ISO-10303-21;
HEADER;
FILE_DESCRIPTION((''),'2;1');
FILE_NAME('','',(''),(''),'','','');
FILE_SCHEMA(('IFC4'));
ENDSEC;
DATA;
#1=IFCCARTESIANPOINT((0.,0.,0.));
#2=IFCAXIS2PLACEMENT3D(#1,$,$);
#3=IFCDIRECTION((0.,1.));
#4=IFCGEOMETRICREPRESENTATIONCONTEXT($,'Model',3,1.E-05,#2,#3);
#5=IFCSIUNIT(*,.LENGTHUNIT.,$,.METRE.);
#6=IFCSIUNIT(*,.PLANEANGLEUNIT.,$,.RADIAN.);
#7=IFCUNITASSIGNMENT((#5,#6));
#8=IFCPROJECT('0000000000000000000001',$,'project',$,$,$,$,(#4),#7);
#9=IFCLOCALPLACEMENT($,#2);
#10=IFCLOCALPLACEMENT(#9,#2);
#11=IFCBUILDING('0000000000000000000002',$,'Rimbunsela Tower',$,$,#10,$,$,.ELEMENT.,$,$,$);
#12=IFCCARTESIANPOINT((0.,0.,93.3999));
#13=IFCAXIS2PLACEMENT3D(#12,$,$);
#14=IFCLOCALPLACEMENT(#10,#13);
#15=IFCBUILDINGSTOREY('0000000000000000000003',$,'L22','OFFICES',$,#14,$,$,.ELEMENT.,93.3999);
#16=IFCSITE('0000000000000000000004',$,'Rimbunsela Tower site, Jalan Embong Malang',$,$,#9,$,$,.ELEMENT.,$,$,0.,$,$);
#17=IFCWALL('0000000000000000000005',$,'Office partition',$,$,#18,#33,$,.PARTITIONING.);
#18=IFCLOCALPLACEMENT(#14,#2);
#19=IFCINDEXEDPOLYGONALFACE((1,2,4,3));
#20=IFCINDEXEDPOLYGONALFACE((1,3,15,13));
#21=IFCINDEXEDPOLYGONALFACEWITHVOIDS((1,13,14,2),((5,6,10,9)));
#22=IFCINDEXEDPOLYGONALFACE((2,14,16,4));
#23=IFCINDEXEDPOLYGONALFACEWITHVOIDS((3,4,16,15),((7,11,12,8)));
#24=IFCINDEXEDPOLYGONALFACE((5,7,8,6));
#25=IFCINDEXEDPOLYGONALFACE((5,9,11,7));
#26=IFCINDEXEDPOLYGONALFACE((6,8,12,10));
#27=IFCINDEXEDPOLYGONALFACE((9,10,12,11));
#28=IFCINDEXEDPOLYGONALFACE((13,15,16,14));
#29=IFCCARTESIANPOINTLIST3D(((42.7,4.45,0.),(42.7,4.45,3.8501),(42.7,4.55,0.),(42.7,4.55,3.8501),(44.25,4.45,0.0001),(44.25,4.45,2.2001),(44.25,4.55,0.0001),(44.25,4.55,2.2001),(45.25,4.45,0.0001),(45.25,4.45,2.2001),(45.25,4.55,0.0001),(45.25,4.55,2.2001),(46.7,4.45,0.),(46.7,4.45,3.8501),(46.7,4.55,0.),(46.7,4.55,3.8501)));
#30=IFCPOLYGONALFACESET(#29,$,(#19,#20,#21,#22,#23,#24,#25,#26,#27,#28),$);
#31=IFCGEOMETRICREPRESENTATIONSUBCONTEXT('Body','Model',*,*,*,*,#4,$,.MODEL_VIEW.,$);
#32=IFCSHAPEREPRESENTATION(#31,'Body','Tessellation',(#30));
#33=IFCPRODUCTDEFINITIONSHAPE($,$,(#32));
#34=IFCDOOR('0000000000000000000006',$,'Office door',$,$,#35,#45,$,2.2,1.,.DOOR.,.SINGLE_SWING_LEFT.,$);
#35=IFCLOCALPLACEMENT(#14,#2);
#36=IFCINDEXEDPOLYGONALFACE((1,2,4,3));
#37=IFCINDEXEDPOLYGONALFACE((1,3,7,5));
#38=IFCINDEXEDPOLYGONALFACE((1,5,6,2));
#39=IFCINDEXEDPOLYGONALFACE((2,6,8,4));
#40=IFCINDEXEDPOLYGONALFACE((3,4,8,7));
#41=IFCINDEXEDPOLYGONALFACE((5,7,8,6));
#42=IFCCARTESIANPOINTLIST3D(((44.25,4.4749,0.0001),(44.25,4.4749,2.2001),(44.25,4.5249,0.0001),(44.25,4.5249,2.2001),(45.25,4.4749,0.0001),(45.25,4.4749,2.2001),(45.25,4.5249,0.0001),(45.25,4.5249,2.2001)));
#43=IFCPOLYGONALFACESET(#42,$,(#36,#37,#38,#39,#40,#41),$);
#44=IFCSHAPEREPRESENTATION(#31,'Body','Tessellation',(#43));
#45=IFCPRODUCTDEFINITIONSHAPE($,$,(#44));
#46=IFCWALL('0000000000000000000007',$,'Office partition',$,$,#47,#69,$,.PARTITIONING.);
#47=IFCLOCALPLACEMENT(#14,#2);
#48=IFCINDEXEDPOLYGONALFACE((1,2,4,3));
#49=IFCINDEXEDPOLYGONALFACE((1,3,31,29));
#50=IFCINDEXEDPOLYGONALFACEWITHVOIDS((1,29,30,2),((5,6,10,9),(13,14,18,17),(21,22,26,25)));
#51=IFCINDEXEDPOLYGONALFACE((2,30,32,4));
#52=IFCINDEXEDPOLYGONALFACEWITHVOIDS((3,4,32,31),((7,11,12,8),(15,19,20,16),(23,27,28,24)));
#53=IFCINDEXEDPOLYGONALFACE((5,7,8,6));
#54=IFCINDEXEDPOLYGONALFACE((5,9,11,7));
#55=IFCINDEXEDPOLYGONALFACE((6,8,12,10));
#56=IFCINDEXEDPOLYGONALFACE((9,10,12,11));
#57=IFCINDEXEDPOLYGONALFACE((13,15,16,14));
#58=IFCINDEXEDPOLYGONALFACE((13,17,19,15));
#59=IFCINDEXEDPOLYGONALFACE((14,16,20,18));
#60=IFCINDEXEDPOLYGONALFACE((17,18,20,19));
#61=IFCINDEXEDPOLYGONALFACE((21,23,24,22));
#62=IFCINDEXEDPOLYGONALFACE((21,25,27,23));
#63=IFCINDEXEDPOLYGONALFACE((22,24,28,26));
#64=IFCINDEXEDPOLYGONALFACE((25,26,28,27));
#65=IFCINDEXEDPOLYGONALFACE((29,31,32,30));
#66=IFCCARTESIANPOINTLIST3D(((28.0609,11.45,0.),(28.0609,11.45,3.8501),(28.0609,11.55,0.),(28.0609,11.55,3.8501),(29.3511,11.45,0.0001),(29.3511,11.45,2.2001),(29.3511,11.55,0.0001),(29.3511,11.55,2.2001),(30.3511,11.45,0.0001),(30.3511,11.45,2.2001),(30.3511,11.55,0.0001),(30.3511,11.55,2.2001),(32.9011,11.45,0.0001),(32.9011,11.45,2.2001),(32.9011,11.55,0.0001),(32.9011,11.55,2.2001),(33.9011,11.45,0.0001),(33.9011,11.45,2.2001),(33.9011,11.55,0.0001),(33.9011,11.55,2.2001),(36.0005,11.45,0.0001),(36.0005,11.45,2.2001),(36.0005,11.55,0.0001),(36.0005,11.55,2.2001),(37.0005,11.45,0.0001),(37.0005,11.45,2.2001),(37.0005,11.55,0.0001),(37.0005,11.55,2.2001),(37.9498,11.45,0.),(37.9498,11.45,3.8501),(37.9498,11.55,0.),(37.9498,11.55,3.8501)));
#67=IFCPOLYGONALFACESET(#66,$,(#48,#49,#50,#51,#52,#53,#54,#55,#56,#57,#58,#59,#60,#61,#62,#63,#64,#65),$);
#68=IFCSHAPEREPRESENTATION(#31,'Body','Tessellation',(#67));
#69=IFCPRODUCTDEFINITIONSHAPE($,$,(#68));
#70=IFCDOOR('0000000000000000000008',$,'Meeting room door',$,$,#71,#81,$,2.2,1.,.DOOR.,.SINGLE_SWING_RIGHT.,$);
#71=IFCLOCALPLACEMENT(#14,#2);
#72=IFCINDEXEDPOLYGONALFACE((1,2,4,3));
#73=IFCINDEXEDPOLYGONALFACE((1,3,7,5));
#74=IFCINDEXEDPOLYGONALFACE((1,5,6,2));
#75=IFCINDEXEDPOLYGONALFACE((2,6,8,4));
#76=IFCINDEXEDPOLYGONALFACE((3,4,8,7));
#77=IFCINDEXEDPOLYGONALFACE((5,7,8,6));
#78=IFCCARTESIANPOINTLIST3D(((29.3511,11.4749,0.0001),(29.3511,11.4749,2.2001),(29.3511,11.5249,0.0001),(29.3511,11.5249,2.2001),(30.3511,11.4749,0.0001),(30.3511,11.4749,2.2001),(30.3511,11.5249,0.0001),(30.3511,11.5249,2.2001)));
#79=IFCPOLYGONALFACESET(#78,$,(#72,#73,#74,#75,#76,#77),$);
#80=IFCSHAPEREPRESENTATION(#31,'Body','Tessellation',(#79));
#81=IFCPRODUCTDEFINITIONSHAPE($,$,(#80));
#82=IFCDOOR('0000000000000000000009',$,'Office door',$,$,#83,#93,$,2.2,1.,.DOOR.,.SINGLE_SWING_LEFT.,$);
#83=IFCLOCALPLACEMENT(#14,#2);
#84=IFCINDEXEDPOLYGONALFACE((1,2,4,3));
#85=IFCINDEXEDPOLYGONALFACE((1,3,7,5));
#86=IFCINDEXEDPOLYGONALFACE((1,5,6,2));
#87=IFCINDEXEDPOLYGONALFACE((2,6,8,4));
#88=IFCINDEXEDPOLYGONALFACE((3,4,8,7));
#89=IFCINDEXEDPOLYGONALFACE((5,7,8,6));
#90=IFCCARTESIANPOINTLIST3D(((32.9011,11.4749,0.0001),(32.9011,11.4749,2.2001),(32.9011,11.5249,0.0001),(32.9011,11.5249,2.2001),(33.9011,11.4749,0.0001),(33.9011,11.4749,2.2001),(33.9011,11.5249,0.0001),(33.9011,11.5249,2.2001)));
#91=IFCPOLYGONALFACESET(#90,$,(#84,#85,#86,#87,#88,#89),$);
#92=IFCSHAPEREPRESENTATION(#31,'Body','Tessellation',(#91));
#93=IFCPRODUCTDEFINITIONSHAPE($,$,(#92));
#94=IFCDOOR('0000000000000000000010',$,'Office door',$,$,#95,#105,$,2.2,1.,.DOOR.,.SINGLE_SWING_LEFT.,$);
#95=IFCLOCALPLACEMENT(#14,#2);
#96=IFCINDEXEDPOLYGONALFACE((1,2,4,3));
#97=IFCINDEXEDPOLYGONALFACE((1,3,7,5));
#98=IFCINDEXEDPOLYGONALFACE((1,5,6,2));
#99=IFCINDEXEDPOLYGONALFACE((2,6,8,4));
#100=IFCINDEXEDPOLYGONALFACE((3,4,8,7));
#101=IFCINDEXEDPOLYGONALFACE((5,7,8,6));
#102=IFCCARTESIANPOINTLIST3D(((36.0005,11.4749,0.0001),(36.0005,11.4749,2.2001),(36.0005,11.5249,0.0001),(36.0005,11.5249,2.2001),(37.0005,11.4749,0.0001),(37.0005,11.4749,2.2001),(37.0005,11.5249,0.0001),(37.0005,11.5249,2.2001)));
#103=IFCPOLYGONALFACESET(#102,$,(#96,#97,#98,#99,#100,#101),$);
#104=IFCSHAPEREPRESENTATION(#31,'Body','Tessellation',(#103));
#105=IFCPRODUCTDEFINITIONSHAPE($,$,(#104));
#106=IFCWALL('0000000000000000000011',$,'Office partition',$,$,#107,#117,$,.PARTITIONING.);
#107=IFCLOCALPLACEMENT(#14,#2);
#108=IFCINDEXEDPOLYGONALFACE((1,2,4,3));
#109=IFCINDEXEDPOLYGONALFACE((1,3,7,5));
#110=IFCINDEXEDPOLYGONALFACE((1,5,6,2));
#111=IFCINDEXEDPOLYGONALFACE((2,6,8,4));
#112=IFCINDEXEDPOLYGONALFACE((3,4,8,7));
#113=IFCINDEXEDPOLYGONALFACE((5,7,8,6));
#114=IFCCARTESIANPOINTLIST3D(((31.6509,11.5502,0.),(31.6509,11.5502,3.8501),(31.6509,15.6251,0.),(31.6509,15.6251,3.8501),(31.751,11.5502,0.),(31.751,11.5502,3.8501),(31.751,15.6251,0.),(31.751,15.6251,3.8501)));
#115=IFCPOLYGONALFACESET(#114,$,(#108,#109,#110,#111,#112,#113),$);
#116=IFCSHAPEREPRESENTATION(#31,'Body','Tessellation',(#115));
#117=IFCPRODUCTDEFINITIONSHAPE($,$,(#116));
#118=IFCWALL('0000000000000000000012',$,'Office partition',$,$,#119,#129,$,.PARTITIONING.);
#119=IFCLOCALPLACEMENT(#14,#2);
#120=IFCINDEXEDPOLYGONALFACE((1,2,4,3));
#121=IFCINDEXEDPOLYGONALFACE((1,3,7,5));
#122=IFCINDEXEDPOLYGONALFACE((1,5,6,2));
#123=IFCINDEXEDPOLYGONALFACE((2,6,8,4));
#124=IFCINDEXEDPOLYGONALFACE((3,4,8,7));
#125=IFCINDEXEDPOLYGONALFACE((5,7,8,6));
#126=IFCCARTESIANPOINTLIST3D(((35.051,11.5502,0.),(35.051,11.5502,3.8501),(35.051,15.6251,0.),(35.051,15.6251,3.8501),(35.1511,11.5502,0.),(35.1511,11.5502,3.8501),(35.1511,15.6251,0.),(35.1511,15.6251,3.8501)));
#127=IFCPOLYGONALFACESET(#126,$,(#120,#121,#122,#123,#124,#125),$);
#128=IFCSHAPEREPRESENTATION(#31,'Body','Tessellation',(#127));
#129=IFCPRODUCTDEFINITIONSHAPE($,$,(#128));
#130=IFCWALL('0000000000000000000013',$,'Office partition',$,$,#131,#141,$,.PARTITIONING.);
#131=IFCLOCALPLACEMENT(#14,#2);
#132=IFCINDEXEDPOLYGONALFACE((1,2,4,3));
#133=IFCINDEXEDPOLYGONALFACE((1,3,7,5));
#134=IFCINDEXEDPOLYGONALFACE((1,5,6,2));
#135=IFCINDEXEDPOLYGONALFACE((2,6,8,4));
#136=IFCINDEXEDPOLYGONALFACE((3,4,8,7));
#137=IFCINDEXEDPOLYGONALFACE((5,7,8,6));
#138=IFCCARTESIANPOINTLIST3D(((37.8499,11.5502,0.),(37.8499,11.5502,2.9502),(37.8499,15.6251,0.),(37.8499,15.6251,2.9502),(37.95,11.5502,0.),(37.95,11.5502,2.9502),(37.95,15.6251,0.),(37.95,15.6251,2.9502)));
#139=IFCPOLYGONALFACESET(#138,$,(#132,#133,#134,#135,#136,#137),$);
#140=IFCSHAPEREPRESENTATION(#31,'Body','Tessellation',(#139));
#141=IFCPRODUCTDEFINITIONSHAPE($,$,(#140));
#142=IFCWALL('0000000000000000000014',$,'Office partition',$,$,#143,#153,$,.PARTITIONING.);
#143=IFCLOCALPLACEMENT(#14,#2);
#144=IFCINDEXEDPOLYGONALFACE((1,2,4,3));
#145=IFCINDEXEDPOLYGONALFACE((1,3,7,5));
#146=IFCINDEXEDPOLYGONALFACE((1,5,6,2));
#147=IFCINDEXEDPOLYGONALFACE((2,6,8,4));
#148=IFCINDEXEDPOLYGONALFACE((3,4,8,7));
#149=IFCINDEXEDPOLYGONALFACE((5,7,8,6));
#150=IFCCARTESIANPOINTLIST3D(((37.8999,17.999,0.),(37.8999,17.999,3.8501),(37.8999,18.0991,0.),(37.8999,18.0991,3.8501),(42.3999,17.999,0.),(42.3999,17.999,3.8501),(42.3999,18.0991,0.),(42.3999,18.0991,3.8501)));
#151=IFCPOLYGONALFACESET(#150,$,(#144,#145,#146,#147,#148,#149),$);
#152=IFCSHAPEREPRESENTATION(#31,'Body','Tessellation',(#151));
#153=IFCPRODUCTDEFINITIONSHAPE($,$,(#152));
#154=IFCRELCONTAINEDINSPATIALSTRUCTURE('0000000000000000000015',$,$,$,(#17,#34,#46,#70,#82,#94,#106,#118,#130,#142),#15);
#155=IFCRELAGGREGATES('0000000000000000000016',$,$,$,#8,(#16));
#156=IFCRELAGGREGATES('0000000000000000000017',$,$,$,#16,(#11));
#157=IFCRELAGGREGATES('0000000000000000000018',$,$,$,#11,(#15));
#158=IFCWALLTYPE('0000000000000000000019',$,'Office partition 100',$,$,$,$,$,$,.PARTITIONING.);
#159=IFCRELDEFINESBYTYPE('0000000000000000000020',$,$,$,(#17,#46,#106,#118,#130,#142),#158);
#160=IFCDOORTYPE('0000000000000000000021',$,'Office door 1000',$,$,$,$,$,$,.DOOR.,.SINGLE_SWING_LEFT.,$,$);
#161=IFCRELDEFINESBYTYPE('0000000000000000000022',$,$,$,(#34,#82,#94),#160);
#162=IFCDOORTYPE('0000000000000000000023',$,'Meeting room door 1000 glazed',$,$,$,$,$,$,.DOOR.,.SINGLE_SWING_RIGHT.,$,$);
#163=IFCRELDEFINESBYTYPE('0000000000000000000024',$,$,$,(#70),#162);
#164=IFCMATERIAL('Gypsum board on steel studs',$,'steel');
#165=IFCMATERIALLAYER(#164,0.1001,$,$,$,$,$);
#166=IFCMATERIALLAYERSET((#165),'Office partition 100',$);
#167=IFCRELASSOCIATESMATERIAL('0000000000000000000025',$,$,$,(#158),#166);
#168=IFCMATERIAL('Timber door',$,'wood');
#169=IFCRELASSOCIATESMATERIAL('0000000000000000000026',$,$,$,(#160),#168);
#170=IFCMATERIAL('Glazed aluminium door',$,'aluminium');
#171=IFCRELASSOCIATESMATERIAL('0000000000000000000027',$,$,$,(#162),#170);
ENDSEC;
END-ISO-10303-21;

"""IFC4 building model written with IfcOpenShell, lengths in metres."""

from ifc_helpers import new_model, si_unit, direction, frame, frame_2d, origin, place, context, subcontext, project, spatial, rectangle, extrude, material, layer, layer_set, type_object, element, fill, save


model = new_model("IFC4")

# Units and contexts
model_context = context("Model", 3, precision=1e-05, world=origin(), true_north=direction((0.0, 1.0)))
body_context = subcontext(model_context, "Body", "Model", "MODEL_VIEW")
ifc_project = project(units=[si_unit("LENGTHUNIT", "METRE"), si_unit("PLANEANGLEUNIT", "RADIAN")], contexts=[model_context])

# Site, building, storey
site_placement = place(None, origin())
site = spatial("IfcSite", under=ifc_project, at=site_placement, Name="Rimbunsela Tower site, Jalan Embong Malang", CompositionType="ELEMENT", RefElevation=0.0)
building_placement = place(site_placement, origin())
building = spatial("IfcBuilding", under=site, at=building_placement, Name="Rimbunsela Tower", CompositionType="ELEMENT")
storey_placement = place(building_placement, frame((0.0, 0.0, 93.3999)))
storey = spatial("IfcBuildingStorey", under=building, at=storey_placement, Name="L22", Description="OFFICES", CompositionType="ELEMENT", Elevation=93.3999)

# Wall, opening, door
ifc_material_1 = material(Name="Gypsum board on steel studs", Category="steel")
ifc_layer_1 = layer(ifc_material_1, 0.1001)
ifc_layer_set_1 = layer_set([ifc_layer_1], Name="Office partition 100")
wall_type_1 = type_object("IfcWallType", Name="Office partition 100", PredefinedType="PARTITIONING", material=ifc_layer_set_1)
wall_1_placement = place(storey_placement, frame((42.7, 4.5, 0.0), z_axis=(0.0, 0.0, 1.0), x_axis=(1.0, 0.0, 0.0)))
wall_1 = element("IfcWall", 1, at=wall_1_placement, inside=storey, type_object=wall_type_1, Name="Office partition", PredefinedType="PARTITIONING", context=body_context, shape_type="SweptSolid", body=[
    extrude(rectangle(XDim=4.0, YDim=0.1001, at=frame_2d((2.0, 0.0))), origin(), (0.0, 0.0, 1.0), 3.8501),
])
opening_1_placement = place(wall_1_placement, frame((1.55, 0.0, 0.0)))
opening_1 = element("IfcOpeningElement", 2, at=opening_1_placement, cuts=wall_1, PredefinedType="OPENING", context=body_context, shape_type="SweptSolid", body=[
    extrude(rectangle(XDim=1.0, YDim=2.2, at=frame_2d((0.5, 1.1001))), frame((0.0, 0.0601, 0.0), z_axis=(0.0, -1.0, 0.0), x_axis=(1.0, 0.0, 0.0)), (0.0, 0.0, 1.0), 0.1201),
])
ifc_material_2 = material(Name="Timber door", Category="wood")
door_type_1 = type_object("IfcDoorType", Name="Office door 1000", OperationType="SINGLE_SWING_LEFT", PredefinedType="DOOR", material=ifc_material_2)
door_1_placement = place(opening_1_placement, origin())
door_1 = element("IfcDoor", 3, at=door_1_placement, inside=storey, type_object=door_type_1, Name="Office door", OperationType="SINGLE_SWING_LEFT", OverallHeight=2.2, OverallWidth=1.0, PredefinedType="DOOR", context=body_context, shape_type="SweptSolid", body=[
    extrude(rectangle(XDim=1.0, YDim=2.2, at=frame_2d((0.5, 1.1001))), frame((0.0, 0.0249, 0.0), z_axis=(0.0, -1.0, 0.0), x_axis=(1.0, 0.0, 0.0)), (0.0, 0.0, 1.0), 0.05),
])
fill(opening_1, door_1)

# Wall, openings, doors
wall_2_placement = place(storey_placement, frame((28.061, 11.5, 0.0), z_axis=(0.0, 0.0, 1.0), x_axis=(1.0, 0.0, 0.0)))
wall_2 = element("IfcWall", 4, at=wall_2_placement, inside=storey, type_object=wall_type_1, Name="Office partition", PredefinedType="PARTITIONING", context=body_context, shape_type="SweptSolid", body=[
    extrude(rectangle(XDim=9.8889, YDim=0.1001, at=frame_2d((4.9443, 0.0))), origin(), (0.0, 0.0, 1.0), 3.8501),
])
opening_2_placement = place(wall_2_placement, frame((1.29, 0.0, 0.0)))
opening_2 = element("IfcOpeningElement", 5, at=opening_2_placement, cuts=wall_2, PredefinedType="OPENING", context=body_context, shape_type="SweptSolid", body=[
    extrude(rectangle(XDim=1.0, YDim=2.2, at=frame_2d((0.5, 1.1001))), frame((0.0, 0.0601, 0.0), z_axis=(0.0, -1.0, 0.0), x_axis=(1.0, 0.0, 0.0)), (0.0, 0.0, 1.0), 0.1201),
])
opening_3_placement = place(wall_2_placement, frame((4.8401, 0.0, 0.0)))
opening_3 = element("IfcOpeningElement", 6, at=opening_3_placement, cuts=wall_2, PredefinedType="OPENING", context=body_context, shape_type="SweptSolid", body=[
    extrude(rectangle(XDim=1.0, YDim=2.2, at=frame_2d((0.5, 1.1001))), frame((0.0, 0.0601, 0.0), z_axis=(0.0, -1.0, 0.0), x_axis=(1.0, 0.0, 0.0)), (0.0, 0.0, 1.0), 0.1201),
])
opening_4_placement = place(wall_2_placement, frame((7.9395, 0.0, 0.0)))
opening_4 = element("IfcOpeningElement", 7, at=opening_4_placement, cuts=wall_2, PredefinedType="OPENING", context=body_context, shape_type="SweptSolid", body=[
    extrude(rectangle(XDim=1.0, YDim=2.2, at=frame_2d((0.5, 1.1001))), frame((0.0, 0.0601, 0.0), z_axis=(0.0, -1.0, 0.0), x_axis=(1.0, 0.0, 0.0)), (0.0, 0.0, 1.0), 0.1201),
])
ifc_material_3 = material(Name="Glazed aluminium door", Category="aluminium")
door_type_2 = type_object("IfcDoorType", Name="Meeting room door 1000 glazed", OperationType="SINGLE_SWING_RIGHT", PredefinedType="DOOR", material=ifc_material_3)
door_2_placement = place(opening_2_placement, origin())
door_2 = element("IfcDoor", 8, at=door_2_placement, inside=storey, type_object=door_type_2, Name="Meeting room door", OperationType="SINGLE_SWING_RIGHT", OverallHeight=2.2, OverallWidth=1.0, PredefinedType="DOOR", context=body_context, shape_type="SweptSolid", body=[
    extrude(rectangle(XDim=1.0, YDim=2.2, at=frame_2d((0.5, 1.1001))), frame((0.0, 0.0249, 0.0), z_axis=(0.0, -1.0, 0.0), x_axis=(1.0, 0.0, 0.0)), (0.0, 0.0, 1.0), 0.05),
])
fill(opening_2, door_2)
door_3_placement = place(opening_3_placement, origin())
door_3 = element("IfcDoor", 9, at=door_3_placement, inside=storey, type_object=door_type_1, Name="Office door", OperationType="SINGLE_SWING_LEFT", OverallHeight=2.2, OverallWidth=1.0, PredefinedType="DOOR", context=body_context, shape_type="SweptSolid", body=[
    extrude(rectangle(XDim=1.0, YDim=2.2, at=frame_2d((0.5, 1.1001))), frame((0.0, 0.0249, 0.0), z_axis=(0.0, -1.0, 0.0), x_axis=(1.0, 0.0, 0.0)), (0.0, 0.0, 1.0), 0.05),
])
fill(opening_3, door_3)
door_4_placement = place(opening_4_placement, origin())
door_4 = element("IfcDoor", 10, at=door_4_placement, inside=storey, type_object=door_type_1, Name="Office door", OperationType="SINGLE_SWING_LEFT", OverallHeight=2.2, OverallWidth=1.0, PredefinedType="DOOR", context=body_context, shape_type="SweptSolid", body=[
    extrude(rectangle(XDim=1.0, YDim=2.2, at=frame_2d((0.5, 1.1001))), frame((0.0, 0.0249, 0.0), z_axis=(0.0, -1.0, 0.0), x_axis=(1.0, 0.0, 0.0)), (0.0, 0.0, 1.0), 0.05),
])
fill(opening_4, door_4)

# Walls
for number, where, z_axis, x_axis, name in (
    (11, (31.7009, 11.55, 0.0), (0.0, 0.0, 1.0), (0.0, 1.0, 0.0), "Office partition"),
    (12, (35.1011, 11.55, 0.0), (0.0, 0.0, 1.0), (0.0, 1.0, 0.0), "Office partition"),
):
    element("IfcWall", number, at=place(storey_placement, frame(where, z_axis=z_axis, x_axis=x_axis)), inside=storey, type_object=wall_type_1, Name=name, PredefinedType="PARTITIONING", context=body_context, shape_type="SweptSolid", body=[
        extrude(rectangle(XDim=4.075, YDim=0.1001, at=frame_2d((2.0376, 0.0))), origin(), (0.0, 0.0, 1.0), 3.8501),
    ])
wall_3_placement = place(storey_placement, frame((37.8999, 11.55, 0.0), z_axis=(0.0, 0.0, 1.0), x_axis=(0.0, 1.0, 0.0)))
element("IfcWall", 13, at=wall_3_placement, inside=storey, type_object=wall_type_1, Name="Office partition", PredefinedType="PARTITIONING", context=body_context, shape_type="SweptSolid", body=[
    extrude(rectangle(XDim=4.075, YDim=0.1001, at=frame_2d((2.0376, 0.0))), origin(), (0.0, 0.0, 1.0), 2.9502),
])
wall_4_placement = place(storey_placement, frame((37.8999, 18.0491, 0.0), z_axis=(0.0, 0.0, 1.0), x_axis=(1.0, 0.0, 0.0)))
element("IfcWall", 14, at=wall_4_placement, inside=storey, type_object=wall_type_1, Name="Office partition", PredefinedType="PARTITIONING", context=body_context, shape_type="SweptSolid", body=[
    extrude(rectangle(XDim=4.5, YDim=0.1001, at=frame_2d((2.25, 0.0))), origin(), (0.0, 0.0, 1.0), 3.8501),
])

save(model, "model.ifc")
